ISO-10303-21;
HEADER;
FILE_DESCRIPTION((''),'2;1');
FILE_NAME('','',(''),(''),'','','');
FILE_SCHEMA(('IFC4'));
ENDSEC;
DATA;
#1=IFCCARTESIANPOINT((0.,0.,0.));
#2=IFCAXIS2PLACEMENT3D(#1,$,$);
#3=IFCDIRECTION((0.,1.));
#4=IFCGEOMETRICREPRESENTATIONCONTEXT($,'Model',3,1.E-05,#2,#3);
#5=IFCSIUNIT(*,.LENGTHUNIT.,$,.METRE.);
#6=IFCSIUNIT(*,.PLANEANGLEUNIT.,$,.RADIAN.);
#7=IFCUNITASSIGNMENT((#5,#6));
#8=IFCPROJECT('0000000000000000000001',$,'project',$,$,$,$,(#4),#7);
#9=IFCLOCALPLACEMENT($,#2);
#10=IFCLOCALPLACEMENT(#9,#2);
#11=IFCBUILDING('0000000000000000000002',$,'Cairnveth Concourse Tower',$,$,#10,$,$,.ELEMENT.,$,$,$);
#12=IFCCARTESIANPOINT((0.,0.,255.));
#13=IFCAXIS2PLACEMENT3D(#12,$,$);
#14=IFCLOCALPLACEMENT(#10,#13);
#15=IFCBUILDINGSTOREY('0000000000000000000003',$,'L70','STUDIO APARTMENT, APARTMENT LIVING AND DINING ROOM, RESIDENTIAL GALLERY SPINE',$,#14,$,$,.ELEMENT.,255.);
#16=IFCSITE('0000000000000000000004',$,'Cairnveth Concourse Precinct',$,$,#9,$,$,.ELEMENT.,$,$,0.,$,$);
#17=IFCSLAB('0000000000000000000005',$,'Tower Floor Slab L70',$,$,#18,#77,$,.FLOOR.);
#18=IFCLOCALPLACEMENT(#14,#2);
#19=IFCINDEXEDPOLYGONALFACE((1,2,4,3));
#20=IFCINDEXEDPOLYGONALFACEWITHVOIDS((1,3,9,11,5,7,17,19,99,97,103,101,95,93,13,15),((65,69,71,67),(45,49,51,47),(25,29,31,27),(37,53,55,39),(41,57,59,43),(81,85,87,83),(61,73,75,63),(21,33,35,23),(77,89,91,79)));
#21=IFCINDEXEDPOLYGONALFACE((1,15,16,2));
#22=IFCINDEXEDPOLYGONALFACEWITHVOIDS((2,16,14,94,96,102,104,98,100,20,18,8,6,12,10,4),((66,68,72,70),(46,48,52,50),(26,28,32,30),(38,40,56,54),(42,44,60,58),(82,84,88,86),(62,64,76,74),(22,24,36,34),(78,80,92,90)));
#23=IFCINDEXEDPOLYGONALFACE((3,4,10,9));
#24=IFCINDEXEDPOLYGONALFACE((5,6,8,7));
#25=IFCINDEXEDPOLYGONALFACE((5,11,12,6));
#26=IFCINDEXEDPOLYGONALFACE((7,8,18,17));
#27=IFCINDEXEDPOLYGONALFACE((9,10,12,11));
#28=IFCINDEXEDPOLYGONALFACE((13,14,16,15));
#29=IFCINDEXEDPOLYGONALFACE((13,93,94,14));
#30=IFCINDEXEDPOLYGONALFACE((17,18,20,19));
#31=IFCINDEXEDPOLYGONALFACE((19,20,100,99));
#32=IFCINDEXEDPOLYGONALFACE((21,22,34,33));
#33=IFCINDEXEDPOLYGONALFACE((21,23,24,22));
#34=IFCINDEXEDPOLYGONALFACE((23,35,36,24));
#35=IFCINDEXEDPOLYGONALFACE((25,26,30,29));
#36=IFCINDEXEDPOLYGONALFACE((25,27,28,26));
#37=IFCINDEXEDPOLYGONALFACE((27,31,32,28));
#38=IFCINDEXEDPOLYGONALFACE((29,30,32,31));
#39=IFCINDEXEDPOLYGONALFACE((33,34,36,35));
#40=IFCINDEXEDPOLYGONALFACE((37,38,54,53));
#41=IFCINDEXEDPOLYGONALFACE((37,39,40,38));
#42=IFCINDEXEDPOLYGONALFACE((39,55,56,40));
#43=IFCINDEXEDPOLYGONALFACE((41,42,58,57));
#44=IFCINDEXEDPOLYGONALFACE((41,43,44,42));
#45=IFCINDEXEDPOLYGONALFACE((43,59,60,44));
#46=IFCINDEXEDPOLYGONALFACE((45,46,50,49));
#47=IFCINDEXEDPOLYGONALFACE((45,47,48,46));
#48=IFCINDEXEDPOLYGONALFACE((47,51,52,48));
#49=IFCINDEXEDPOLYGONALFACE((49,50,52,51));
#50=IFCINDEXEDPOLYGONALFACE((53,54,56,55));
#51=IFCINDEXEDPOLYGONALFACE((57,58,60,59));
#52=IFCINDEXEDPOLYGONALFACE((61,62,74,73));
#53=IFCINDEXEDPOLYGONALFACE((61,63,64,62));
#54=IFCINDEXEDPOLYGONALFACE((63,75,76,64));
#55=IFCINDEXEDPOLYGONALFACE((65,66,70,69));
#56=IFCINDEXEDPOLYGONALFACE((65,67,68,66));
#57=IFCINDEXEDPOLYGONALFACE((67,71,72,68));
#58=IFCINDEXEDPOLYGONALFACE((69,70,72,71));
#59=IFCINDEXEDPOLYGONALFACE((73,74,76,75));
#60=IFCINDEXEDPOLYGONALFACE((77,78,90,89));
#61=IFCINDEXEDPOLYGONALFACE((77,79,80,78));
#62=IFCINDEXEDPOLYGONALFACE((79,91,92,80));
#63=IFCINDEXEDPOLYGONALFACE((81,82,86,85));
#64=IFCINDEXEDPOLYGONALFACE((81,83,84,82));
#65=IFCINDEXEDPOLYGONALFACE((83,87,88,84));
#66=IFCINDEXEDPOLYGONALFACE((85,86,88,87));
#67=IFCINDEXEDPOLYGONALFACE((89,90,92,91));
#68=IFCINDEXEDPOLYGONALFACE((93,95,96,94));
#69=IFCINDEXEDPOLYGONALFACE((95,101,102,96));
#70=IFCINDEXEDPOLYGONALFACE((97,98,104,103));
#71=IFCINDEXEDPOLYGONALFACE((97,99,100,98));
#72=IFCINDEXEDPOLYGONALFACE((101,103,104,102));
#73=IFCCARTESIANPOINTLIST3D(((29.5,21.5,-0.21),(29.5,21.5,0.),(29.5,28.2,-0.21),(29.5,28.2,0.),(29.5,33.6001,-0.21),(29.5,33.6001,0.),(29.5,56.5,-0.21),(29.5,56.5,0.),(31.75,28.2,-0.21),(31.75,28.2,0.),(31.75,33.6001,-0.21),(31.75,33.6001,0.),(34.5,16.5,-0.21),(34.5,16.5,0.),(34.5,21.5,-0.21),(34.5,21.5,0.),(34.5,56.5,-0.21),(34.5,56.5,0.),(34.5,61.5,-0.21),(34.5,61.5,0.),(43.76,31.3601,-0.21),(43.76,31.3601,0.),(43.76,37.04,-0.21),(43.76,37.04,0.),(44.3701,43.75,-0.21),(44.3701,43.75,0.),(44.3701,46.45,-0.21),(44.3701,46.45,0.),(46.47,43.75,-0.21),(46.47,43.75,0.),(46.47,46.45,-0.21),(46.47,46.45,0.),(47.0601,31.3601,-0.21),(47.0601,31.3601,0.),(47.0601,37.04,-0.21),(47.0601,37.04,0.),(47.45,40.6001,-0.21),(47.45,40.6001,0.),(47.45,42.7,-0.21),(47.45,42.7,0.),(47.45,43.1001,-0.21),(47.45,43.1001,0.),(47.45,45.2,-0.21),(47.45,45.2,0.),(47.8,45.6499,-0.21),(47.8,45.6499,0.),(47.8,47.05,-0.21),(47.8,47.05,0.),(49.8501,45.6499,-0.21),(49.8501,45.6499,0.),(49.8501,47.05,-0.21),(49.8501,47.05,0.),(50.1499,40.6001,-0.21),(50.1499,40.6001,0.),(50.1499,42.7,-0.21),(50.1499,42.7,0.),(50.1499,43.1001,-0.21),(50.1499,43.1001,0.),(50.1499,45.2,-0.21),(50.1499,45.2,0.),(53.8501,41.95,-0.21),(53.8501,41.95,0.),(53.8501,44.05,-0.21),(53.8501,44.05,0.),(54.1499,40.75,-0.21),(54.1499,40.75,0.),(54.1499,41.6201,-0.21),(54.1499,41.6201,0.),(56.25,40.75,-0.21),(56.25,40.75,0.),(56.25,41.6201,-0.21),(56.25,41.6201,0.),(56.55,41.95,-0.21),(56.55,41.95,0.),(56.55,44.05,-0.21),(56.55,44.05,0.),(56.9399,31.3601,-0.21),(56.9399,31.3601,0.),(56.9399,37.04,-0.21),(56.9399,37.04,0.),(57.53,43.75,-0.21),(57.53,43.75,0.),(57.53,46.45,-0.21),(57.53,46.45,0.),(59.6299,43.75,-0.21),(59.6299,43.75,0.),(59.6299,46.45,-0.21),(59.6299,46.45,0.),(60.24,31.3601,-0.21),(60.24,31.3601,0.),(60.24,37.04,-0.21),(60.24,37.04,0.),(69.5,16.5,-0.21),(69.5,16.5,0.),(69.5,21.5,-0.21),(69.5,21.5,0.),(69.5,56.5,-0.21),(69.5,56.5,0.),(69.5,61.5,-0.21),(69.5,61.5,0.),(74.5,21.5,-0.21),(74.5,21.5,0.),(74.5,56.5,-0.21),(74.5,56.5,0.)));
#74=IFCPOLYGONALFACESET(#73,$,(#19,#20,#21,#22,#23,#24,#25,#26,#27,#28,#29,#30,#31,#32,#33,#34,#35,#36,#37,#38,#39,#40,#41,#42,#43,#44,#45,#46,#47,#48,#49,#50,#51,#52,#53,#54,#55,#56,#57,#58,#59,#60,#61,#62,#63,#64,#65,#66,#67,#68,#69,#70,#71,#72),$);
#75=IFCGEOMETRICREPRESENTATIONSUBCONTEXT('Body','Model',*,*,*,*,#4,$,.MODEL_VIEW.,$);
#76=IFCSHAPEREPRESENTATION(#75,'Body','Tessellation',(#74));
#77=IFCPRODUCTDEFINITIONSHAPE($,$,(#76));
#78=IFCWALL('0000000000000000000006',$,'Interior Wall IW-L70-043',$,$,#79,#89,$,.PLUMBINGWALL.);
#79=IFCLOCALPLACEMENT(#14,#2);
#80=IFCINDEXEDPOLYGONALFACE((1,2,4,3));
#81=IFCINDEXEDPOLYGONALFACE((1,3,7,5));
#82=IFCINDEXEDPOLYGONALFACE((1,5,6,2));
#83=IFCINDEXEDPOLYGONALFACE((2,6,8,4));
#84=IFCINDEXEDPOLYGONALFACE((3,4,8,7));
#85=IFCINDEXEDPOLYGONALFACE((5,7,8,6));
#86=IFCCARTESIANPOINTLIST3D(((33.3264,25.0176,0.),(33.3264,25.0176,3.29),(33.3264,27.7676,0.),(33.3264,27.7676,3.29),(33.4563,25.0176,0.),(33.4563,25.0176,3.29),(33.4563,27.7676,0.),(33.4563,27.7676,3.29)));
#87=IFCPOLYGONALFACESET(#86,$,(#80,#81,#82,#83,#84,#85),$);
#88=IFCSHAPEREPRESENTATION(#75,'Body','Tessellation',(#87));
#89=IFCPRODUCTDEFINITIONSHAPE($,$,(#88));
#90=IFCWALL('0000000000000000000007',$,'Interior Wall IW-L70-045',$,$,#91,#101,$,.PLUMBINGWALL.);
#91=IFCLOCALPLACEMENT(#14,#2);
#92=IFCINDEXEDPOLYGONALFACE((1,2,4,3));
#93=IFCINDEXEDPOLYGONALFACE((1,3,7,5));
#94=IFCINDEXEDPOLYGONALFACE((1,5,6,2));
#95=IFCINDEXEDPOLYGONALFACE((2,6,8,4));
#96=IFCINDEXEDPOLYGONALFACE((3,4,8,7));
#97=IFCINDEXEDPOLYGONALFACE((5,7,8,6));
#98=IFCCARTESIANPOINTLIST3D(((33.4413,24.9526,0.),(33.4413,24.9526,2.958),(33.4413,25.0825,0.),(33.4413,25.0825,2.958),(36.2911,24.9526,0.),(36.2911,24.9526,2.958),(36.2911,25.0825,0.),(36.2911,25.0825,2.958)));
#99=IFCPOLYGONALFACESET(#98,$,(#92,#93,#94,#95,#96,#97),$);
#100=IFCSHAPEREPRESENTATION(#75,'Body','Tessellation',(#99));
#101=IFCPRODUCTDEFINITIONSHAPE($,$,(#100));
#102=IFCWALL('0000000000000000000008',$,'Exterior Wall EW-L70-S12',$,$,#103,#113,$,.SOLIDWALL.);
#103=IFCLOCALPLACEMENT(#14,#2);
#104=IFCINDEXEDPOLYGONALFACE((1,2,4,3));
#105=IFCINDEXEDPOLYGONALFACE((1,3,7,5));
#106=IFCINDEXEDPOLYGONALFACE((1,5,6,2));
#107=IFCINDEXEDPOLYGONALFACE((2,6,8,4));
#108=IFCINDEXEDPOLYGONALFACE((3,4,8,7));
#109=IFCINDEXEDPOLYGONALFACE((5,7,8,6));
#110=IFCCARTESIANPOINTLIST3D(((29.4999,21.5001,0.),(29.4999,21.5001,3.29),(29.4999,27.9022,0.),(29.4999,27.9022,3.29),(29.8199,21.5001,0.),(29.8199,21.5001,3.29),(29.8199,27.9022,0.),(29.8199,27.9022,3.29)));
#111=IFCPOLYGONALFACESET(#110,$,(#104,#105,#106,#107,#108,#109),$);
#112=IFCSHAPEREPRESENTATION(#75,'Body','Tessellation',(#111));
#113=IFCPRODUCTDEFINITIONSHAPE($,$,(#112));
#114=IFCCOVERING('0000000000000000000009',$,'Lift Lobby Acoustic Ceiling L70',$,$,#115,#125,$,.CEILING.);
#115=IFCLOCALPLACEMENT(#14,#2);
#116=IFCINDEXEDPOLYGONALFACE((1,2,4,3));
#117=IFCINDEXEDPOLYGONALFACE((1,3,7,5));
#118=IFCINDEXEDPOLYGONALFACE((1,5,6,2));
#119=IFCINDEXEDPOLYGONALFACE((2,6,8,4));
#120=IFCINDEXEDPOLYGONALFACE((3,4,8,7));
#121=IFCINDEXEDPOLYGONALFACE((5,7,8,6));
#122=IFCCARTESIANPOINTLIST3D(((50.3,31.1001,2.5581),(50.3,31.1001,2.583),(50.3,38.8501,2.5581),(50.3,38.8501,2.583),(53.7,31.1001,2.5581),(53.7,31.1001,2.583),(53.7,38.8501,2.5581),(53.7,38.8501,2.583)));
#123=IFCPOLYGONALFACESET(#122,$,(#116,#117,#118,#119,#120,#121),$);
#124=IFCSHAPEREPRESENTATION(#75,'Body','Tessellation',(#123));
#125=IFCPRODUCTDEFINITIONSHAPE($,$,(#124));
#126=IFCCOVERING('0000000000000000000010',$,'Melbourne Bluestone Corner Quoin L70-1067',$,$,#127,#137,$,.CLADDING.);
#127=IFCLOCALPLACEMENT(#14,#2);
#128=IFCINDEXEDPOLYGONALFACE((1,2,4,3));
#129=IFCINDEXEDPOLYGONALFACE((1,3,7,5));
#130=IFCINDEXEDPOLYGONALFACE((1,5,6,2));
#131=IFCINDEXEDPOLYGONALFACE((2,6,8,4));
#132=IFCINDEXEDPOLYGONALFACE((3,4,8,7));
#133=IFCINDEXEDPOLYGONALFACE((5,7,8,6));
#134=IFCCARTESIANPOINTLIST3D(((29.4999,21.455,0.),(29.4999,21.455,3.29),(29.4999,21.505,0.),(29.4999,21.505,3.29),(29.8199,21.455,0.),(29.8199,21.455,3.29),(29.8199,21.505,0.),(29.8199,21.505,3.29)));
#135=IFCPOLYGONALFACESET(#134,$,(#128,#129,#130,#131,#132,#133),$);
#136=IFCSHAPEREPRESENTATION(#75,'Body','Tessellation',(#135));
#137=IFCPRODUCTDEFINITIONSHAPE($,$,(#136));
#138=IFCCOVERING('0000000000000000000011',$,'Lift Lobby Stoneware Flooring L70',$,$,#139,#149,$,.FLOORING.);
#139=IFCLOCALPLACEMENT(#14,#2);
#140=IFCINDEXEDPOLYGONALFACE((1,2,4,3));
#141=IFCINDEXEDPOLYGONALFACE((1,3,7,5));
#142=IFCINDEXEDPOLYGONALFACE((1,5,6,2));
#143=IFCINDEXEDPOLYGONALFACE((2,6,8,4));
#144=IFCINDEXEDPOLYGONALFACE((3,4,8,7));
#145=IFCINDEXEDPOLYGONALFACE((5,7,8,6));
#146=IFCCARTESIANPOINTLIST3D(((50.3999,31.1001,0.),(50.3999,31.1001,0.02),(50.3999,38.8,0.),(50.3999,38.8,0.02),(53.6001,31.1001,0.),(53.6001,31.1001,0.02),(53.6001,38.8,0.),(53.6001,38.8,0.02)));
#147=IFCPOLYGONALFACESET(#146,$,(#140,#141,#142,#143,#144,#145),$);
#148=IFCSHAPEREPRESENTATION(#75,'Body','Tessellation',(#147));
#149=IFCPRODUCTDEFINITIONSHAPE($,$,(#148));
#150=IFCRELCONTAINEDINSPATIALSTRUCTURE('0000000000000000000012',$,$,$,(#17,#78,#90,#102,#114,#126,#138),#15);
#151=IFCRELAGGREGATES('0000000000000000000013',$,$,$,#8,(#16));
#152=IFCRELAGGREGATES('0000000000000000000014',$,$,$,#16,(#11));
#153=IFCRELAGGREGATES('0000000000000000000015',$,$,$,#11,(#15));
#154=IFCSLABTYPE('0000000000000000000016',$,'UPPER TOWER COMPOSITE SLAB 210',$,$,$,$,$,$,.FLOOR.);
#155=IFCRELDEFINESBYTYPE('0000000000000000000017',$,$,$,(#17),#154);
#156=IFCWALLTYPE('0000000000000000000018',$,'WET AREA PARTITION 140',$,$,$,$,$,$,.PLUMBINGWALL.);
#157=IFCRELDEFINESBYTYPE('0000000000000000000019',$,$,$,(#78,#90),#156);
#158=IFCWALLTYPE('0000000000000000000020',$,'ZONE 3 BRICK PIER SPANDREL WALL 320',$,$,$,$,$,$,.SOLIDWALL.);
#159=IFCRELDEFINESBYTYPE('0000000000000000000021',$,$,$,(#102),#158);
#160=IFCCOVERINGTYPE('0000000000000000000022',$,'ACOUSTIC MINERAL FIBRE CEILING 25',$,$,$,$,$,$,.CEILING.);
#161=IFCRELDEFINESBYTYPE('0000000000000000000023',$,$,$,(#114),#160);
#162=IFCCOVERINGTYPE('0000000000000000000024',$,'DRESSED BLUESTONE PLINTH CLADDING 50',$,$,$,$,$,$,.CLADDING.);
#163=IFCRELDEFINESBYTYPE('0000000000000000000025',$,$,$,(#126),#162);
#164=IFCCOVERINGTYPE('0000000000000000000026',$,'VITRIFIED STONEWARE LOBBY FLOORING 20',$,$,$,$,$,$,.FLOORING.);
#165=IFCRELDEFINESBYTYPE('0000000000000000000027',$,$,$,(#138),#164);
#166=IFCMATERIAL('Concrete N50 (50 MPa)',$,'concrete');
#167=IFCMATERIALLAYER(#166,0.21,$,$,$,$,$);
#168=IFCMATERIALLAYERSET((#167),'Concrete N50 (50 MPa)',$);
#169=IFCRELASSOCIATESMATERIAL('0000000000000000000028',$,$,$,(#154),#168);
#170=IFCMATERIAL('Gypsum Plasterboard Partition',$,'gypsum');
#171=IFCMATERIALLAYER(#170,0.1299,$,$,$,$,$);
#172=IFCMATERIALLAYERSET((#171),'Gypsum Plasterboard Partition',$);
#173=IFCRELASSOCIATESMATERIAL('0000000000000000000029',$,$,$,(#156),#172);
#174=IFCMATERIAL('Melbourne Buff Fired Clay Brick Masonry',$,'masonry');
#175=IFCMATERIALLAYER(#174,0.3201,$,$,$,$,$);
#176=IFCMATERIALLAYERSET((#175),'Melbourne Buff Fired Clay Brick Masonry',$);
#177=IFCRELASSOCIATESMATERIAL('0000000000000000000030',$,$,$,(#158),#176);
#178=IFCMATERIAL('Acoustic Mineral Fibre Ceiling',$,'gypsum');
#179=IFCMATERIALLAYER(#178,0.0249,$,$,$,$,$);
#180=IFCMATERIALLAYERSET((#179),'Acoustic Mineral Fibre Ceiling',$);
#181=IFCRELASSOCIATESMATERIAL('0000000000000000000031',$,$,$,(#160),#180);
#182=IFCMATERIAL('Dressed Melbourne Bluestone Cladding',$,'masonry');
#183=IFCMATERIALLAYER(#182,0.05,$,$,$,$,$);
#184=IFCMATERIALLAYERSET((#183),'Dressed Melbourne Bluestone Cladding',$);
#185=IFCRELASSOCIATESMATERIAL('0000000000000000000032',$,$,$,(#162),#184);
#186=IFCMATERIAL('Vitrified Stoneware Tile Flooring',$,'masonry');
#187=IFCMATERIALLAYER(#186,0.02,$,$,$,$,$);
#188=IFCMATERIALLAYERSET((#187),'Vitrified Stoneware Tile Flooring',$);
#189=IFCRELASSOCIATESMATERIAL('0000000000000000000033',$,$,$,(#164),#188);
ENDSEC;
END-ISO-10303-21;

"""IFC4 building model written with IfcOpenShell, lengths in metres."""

from ifc_helpers import new_model, si_unit, direction, frame, frame_2d, origin, place, context, subcontext, project, spatial, polyline, rectangle, outline, extrude, material, layer, layer_set, type_object, element, save


model = new_model("IFC4")

# Units and contexts
model_context = context("Model", 3, precision=1e-05, world=origin(), true_north=direction((0.0, 1.0)))
body_context = subcontext(model_context, "Body", "Model", "MODEL_VIEW")
ifc_project = project(units=[si_unit("LENGTHUNIT", "METRE"), si_unit("PLANEANGLEUNIT", "RADIAN")], contexts=[model_context])

# Site, building, storey
site_placement = place(None, origin())
site = spatial("IfcSite", under=ifc_project, at=site_placement, Name="Cairnveth Concourse Precinct", CompositionType="ELEMENT", RefElevation=0.0)
building_placement = place(site_placement, origin())
building = spatial("IfcBuilding", under=site, at=building_placement, Name="Cairnveth Concourse Tower", CompositionType="ELEMENT")
storey_placement = place(building_placement, frame((0.0, 0.0, 255.0)))
storey = spatial("IfcBuildingStorey", under=building, at=storey_placement, Name="L70", Description="STUDIO APARTMENT, APARTMENT LIVING AND DINING ROOM, RESIDENTIAL GALLERY SPINE", CompositionType="ELEMENT", Elevation=255.0)

# Shared definitions
ifc_material_1 = material(Name="Concrete N50 (50 MPa)", Category="concrete")

# Slab
ifc_layer_1 = layer(ifc_material_1, 0.21)
ifc_layer_set_1 = layer_set([ifc_layer_1], Name="Concrete N50 (50 MPa)")
slab_type_1 = type_object("IfcSlabType", Name="UPPER TOWER COMPOSITE SLAB 210", PredefinedType="FLOOR", material=ifc_layer_set_1)
slab_1_placement = place(storey_placement, frame((0.0, 0.0, -0.21)))
element("IfcSlab", 1, at=slab_1_placement, inside=storey, type_object=slab_type_1, Name="Tower Floor Slab L70", PredefinedType="FLOOR", context=body_context, shape_type="SweptSolid", body=[
    extrude(outline(polyline([(29.5, 33.6001), (31.75, 33.6001), (31.75, 28.2), (29.5, 28.2), (29.5, 21.5), (34.5, 21.5), (34.5, 16.5), (69.5, 16.5), (69.5, 21.5), (74.5, 21.5), (74.5, 56.5), (69.5, 56.5), (69.5, 61.5), (34.5, 61.5), (34.5, 56.5), (29.5, 56.5), (29.5, 33.6001)]), holes=[polyline([(43.76, 31.3601), (47.0601, 31.3601), (47.0601, 37.04), (43.76, 37.04), (43.76, 31.3601)]), polyline([(56.9399, 31.3601), (60.24, 31.3601), (60.24, 37.04), (56.9399, 37.04), (56.9399, 31.3601)]), polyline([(44.3701, 43.75), (46.47, 43.75), (46.47, 46.45), (44.3701, 46.45), (44.3701, 43.75)]), polyline([(57.53, 43.75), (59.6299, 43.75), (59.6299, 46.45), (57.53, 46.45), (57.53, 43.75)]), polyline([(47.45, 40.6001), (50.1499, 40.6001), (50.1499, 42.7), (47.45, 42.7), (47.45, 40.6001)]), polyline([(47.45, 43.1001), (50.1499, 43.1001), (50.1499, 45.2), (47.45, 45.2), (47.45, 43.1001)]), polyline([(53.8501, 41.95), (56.55, 41.95), (56.55, 44.05), (53.8501, 44.05), (53.8501, 41.95)]), polyline([(47.8, 45.6499), (49.8501, 45.6499), (49.8501, 47.05), (47.8, 47.05), (47.8, 45.6499)]), polyline([(54.1499, 40.75), (56.25, 40.75), (56.25, 41.6201), (54.1499, 41.6201), (54.1499, 40.75)])]), origin(), (0.0, 0.0, 1.0), 0.21),
])

# Walls
ifc_material_2 = material(Name="Gypsum Plasterboard Partition", Category="gypsum")
ifc_layer_2 = layer(ifc_material_2, 0.1299)
ifc_layer_set_2 = layer_set([ifc_layer_2], Name="Gypsum Plasterboard Partition")
wall_type_1 = type_object("IfcWallType", Name="WET AREA PARTITION 140", PredefinedType="PLUMBINGWALL", material=ifc_layer_set_2)
wall_1_placement = place(storey_placement, frame((33.3914, 25.0176, 0.0), z_axis=(0.0, 0.0, 1.0), x_axis=(0.0, 1.0, 0.0)))
element("IfcWall", 2, at=wall_1_placement, inside=storey, type_object=wall_type_1, Name="Interior Wall IW-L70-043", PredefinedType="PLUMBINGWALL", context=body_context, shape_type="SweptSolid", body=[
    extrude(rectangle(XDim=2.75, YDim=0.1299, at=frame_2d((1.375, 0.0))), origin(), (0.0, 0.0, 1.0), 3.29),
])
wall_2_placement = place(storey_placement, frame((33.4414, 25.0176, 0.0), z_axis=(0.0, 0.0, 1.0), x_axis=(1.0, 0.0, 0.0)))
element("IfcWall", 3, at=wall_2_placement, inside=storey, type_object=wall_type_1, Name="Interior Wall IW-L70-045", PredefinedType="PLUMBINGWALL", context=body_context, shape_type="SweptSolid", body=[
    extrude(rectangle(XDim=2.8499, YDim=0.1299, at=frame_2d((1.4248, 0.0))), origin(), (0.0, 0.0, 1.0), 2.958),
])
ifc_material_3 = material(Name="Melbourne Buff Fired Clay Brick Masonry", Category="masonry")
ifc_layer_3 = layer(ifc_material_3, 0.3201)
ifc_layer_set_3 = layer_set([ifc_layer_3], Name="Melbourne Buff Fired Clay Brick Masonry")
wall_type_2 = type_object("IfcWallType", Name="ZONE 3 BRICK PIER SPANDREL WALL 320", PredefinedType="SOLIDWALL", material=ifc_layer_set_3)
wall_3_placement = place(storey_placement, frame((29.6599, 21.5, 0.0), z_axis=(0.0, 0.0, 1.0), x_axis=(0.0, 1.0, 0.0)))
element("IfcWall", 4, at=wall_3_placement, inside=storey, type_object=wall_type_2, Name="Exterior Wall EW-L70-S12", PredefinedType="SOLIDWALL", context=body_context, shape_type="SweptSolid", body=[
    extrude(rectangle(XDim=6.4021, YDim=0.3201, at=frame_2d((3.2012, 0.0))), origin(), (0.0, 0.0, 1.0), 3.29),
])

# Coverings
ifc_material_4 = material(Name="Acoustic Mineral Fibre Ceiling", Category="gypsum")
ifc_layer_4 = layer(ifc_material_4, 0.0249)
ifc_layer_set_4 = layer_set([ifc_layer_4], Name="Acoustic Mineral Fibre Ceiling")
covering_type_1 = type_object("IfcCoveringType", Name="ACOUSTIC MINERAL FIBRE CEILING 25", PredefinedType="CEILING", material=ifc_layer_set_4)
covering_1_placement = place(storey_placement, frame((0.0, 0.0, 2.5581)))
element("IfcCovering", 5, at=covering_1_placement, inside=storey, type_object=covering_type_1, Name="Lift Lobby Acoustic Ceiling L70", PredefinedType="CEILING", context=body_context, shape_type="SweptSolid", body=[
    extrude(outline(polyline([(50.3, 31.1001), (53.7, 31.1001), (53.7, 38.8501), (50.3, 38.8501), (50.3, 31.1001)])), origin(), (0.0, 0.0, 1.0), 0.0249),
])
ifc_material_5 = material(Name="Dressed Melbourne Bluestone Cladding", Category="masonry")
ifc_layer_5 = layer(ifc_material_5, 0.05)
ifc_layer_set_5 = layer_set([ifc_layer_5], Name="Dressed Melbourne Bluestone Cladding")
covering_type_2 = type_object("IfcCoveringType", Name="DRESSED BLUESTONE PLINTH CLADDING 50", PredefinedType="CLADDING", material=ifc_layer_set_5)
covering_2_placement = place(storey_placement, frame((29.8201, 21.48, 0.0), z_axis=(0.0, 0.0, 1.0), x_axis=(-1.0, 0.0, 0.0)))
element("IfcCovering", 6, at=covering_2_placement, inside=storey, type_object=covering_type_2, Name="Melbourne Bluestone Corner Quoin L70-1067", PredefinedType="CLADDING", context=body_context, shape_type="SweptSolid", body=[
    extrude(rectangle(XDim=0.3201, YDim=0.05, at=frame_2d((0.1602, 0.0))), origin(), (0.0, 0.0, 1.0), 3.29),
])
ifc_material_6 = material(Name="Vitrified Stoneware Tile Flooring", Category="masonry")
ifc_layer_6 = layer(ifc_material_6, 0.02)
ifc_layer_set_6 = layer_set([ifc_layer_6], Name="Vitrified Stoneware Tile Flooring")
covering_type_3 = type_object("IfcCoveringType", Name="VITRIFIED STONEWARE LOBBY FLOORING 20", PredefinedType="FLOORING", material=ifc_layer_set_6)
covering_3_placement = place(storey_placement, origin())
element("IfcCovering", 7, at=covering_3_placement, inside=storey, type_object=covering_type_3, Name="Lift Lobby Stoneware Flooring L70", PredefinedType="FLOORING", context=body_context, shape_type="SweptSolid", body=[
    extrude(outline(polyline([(50.3999, 31.1001), (53.6001, 31.1001), (53.6001, 38.8), (50.3999, 38.8), (50.3999, 31.1001)])), origin(), (0.0, 0.0, 1.0), 0.02),
])

save(model, "model.ifc")
